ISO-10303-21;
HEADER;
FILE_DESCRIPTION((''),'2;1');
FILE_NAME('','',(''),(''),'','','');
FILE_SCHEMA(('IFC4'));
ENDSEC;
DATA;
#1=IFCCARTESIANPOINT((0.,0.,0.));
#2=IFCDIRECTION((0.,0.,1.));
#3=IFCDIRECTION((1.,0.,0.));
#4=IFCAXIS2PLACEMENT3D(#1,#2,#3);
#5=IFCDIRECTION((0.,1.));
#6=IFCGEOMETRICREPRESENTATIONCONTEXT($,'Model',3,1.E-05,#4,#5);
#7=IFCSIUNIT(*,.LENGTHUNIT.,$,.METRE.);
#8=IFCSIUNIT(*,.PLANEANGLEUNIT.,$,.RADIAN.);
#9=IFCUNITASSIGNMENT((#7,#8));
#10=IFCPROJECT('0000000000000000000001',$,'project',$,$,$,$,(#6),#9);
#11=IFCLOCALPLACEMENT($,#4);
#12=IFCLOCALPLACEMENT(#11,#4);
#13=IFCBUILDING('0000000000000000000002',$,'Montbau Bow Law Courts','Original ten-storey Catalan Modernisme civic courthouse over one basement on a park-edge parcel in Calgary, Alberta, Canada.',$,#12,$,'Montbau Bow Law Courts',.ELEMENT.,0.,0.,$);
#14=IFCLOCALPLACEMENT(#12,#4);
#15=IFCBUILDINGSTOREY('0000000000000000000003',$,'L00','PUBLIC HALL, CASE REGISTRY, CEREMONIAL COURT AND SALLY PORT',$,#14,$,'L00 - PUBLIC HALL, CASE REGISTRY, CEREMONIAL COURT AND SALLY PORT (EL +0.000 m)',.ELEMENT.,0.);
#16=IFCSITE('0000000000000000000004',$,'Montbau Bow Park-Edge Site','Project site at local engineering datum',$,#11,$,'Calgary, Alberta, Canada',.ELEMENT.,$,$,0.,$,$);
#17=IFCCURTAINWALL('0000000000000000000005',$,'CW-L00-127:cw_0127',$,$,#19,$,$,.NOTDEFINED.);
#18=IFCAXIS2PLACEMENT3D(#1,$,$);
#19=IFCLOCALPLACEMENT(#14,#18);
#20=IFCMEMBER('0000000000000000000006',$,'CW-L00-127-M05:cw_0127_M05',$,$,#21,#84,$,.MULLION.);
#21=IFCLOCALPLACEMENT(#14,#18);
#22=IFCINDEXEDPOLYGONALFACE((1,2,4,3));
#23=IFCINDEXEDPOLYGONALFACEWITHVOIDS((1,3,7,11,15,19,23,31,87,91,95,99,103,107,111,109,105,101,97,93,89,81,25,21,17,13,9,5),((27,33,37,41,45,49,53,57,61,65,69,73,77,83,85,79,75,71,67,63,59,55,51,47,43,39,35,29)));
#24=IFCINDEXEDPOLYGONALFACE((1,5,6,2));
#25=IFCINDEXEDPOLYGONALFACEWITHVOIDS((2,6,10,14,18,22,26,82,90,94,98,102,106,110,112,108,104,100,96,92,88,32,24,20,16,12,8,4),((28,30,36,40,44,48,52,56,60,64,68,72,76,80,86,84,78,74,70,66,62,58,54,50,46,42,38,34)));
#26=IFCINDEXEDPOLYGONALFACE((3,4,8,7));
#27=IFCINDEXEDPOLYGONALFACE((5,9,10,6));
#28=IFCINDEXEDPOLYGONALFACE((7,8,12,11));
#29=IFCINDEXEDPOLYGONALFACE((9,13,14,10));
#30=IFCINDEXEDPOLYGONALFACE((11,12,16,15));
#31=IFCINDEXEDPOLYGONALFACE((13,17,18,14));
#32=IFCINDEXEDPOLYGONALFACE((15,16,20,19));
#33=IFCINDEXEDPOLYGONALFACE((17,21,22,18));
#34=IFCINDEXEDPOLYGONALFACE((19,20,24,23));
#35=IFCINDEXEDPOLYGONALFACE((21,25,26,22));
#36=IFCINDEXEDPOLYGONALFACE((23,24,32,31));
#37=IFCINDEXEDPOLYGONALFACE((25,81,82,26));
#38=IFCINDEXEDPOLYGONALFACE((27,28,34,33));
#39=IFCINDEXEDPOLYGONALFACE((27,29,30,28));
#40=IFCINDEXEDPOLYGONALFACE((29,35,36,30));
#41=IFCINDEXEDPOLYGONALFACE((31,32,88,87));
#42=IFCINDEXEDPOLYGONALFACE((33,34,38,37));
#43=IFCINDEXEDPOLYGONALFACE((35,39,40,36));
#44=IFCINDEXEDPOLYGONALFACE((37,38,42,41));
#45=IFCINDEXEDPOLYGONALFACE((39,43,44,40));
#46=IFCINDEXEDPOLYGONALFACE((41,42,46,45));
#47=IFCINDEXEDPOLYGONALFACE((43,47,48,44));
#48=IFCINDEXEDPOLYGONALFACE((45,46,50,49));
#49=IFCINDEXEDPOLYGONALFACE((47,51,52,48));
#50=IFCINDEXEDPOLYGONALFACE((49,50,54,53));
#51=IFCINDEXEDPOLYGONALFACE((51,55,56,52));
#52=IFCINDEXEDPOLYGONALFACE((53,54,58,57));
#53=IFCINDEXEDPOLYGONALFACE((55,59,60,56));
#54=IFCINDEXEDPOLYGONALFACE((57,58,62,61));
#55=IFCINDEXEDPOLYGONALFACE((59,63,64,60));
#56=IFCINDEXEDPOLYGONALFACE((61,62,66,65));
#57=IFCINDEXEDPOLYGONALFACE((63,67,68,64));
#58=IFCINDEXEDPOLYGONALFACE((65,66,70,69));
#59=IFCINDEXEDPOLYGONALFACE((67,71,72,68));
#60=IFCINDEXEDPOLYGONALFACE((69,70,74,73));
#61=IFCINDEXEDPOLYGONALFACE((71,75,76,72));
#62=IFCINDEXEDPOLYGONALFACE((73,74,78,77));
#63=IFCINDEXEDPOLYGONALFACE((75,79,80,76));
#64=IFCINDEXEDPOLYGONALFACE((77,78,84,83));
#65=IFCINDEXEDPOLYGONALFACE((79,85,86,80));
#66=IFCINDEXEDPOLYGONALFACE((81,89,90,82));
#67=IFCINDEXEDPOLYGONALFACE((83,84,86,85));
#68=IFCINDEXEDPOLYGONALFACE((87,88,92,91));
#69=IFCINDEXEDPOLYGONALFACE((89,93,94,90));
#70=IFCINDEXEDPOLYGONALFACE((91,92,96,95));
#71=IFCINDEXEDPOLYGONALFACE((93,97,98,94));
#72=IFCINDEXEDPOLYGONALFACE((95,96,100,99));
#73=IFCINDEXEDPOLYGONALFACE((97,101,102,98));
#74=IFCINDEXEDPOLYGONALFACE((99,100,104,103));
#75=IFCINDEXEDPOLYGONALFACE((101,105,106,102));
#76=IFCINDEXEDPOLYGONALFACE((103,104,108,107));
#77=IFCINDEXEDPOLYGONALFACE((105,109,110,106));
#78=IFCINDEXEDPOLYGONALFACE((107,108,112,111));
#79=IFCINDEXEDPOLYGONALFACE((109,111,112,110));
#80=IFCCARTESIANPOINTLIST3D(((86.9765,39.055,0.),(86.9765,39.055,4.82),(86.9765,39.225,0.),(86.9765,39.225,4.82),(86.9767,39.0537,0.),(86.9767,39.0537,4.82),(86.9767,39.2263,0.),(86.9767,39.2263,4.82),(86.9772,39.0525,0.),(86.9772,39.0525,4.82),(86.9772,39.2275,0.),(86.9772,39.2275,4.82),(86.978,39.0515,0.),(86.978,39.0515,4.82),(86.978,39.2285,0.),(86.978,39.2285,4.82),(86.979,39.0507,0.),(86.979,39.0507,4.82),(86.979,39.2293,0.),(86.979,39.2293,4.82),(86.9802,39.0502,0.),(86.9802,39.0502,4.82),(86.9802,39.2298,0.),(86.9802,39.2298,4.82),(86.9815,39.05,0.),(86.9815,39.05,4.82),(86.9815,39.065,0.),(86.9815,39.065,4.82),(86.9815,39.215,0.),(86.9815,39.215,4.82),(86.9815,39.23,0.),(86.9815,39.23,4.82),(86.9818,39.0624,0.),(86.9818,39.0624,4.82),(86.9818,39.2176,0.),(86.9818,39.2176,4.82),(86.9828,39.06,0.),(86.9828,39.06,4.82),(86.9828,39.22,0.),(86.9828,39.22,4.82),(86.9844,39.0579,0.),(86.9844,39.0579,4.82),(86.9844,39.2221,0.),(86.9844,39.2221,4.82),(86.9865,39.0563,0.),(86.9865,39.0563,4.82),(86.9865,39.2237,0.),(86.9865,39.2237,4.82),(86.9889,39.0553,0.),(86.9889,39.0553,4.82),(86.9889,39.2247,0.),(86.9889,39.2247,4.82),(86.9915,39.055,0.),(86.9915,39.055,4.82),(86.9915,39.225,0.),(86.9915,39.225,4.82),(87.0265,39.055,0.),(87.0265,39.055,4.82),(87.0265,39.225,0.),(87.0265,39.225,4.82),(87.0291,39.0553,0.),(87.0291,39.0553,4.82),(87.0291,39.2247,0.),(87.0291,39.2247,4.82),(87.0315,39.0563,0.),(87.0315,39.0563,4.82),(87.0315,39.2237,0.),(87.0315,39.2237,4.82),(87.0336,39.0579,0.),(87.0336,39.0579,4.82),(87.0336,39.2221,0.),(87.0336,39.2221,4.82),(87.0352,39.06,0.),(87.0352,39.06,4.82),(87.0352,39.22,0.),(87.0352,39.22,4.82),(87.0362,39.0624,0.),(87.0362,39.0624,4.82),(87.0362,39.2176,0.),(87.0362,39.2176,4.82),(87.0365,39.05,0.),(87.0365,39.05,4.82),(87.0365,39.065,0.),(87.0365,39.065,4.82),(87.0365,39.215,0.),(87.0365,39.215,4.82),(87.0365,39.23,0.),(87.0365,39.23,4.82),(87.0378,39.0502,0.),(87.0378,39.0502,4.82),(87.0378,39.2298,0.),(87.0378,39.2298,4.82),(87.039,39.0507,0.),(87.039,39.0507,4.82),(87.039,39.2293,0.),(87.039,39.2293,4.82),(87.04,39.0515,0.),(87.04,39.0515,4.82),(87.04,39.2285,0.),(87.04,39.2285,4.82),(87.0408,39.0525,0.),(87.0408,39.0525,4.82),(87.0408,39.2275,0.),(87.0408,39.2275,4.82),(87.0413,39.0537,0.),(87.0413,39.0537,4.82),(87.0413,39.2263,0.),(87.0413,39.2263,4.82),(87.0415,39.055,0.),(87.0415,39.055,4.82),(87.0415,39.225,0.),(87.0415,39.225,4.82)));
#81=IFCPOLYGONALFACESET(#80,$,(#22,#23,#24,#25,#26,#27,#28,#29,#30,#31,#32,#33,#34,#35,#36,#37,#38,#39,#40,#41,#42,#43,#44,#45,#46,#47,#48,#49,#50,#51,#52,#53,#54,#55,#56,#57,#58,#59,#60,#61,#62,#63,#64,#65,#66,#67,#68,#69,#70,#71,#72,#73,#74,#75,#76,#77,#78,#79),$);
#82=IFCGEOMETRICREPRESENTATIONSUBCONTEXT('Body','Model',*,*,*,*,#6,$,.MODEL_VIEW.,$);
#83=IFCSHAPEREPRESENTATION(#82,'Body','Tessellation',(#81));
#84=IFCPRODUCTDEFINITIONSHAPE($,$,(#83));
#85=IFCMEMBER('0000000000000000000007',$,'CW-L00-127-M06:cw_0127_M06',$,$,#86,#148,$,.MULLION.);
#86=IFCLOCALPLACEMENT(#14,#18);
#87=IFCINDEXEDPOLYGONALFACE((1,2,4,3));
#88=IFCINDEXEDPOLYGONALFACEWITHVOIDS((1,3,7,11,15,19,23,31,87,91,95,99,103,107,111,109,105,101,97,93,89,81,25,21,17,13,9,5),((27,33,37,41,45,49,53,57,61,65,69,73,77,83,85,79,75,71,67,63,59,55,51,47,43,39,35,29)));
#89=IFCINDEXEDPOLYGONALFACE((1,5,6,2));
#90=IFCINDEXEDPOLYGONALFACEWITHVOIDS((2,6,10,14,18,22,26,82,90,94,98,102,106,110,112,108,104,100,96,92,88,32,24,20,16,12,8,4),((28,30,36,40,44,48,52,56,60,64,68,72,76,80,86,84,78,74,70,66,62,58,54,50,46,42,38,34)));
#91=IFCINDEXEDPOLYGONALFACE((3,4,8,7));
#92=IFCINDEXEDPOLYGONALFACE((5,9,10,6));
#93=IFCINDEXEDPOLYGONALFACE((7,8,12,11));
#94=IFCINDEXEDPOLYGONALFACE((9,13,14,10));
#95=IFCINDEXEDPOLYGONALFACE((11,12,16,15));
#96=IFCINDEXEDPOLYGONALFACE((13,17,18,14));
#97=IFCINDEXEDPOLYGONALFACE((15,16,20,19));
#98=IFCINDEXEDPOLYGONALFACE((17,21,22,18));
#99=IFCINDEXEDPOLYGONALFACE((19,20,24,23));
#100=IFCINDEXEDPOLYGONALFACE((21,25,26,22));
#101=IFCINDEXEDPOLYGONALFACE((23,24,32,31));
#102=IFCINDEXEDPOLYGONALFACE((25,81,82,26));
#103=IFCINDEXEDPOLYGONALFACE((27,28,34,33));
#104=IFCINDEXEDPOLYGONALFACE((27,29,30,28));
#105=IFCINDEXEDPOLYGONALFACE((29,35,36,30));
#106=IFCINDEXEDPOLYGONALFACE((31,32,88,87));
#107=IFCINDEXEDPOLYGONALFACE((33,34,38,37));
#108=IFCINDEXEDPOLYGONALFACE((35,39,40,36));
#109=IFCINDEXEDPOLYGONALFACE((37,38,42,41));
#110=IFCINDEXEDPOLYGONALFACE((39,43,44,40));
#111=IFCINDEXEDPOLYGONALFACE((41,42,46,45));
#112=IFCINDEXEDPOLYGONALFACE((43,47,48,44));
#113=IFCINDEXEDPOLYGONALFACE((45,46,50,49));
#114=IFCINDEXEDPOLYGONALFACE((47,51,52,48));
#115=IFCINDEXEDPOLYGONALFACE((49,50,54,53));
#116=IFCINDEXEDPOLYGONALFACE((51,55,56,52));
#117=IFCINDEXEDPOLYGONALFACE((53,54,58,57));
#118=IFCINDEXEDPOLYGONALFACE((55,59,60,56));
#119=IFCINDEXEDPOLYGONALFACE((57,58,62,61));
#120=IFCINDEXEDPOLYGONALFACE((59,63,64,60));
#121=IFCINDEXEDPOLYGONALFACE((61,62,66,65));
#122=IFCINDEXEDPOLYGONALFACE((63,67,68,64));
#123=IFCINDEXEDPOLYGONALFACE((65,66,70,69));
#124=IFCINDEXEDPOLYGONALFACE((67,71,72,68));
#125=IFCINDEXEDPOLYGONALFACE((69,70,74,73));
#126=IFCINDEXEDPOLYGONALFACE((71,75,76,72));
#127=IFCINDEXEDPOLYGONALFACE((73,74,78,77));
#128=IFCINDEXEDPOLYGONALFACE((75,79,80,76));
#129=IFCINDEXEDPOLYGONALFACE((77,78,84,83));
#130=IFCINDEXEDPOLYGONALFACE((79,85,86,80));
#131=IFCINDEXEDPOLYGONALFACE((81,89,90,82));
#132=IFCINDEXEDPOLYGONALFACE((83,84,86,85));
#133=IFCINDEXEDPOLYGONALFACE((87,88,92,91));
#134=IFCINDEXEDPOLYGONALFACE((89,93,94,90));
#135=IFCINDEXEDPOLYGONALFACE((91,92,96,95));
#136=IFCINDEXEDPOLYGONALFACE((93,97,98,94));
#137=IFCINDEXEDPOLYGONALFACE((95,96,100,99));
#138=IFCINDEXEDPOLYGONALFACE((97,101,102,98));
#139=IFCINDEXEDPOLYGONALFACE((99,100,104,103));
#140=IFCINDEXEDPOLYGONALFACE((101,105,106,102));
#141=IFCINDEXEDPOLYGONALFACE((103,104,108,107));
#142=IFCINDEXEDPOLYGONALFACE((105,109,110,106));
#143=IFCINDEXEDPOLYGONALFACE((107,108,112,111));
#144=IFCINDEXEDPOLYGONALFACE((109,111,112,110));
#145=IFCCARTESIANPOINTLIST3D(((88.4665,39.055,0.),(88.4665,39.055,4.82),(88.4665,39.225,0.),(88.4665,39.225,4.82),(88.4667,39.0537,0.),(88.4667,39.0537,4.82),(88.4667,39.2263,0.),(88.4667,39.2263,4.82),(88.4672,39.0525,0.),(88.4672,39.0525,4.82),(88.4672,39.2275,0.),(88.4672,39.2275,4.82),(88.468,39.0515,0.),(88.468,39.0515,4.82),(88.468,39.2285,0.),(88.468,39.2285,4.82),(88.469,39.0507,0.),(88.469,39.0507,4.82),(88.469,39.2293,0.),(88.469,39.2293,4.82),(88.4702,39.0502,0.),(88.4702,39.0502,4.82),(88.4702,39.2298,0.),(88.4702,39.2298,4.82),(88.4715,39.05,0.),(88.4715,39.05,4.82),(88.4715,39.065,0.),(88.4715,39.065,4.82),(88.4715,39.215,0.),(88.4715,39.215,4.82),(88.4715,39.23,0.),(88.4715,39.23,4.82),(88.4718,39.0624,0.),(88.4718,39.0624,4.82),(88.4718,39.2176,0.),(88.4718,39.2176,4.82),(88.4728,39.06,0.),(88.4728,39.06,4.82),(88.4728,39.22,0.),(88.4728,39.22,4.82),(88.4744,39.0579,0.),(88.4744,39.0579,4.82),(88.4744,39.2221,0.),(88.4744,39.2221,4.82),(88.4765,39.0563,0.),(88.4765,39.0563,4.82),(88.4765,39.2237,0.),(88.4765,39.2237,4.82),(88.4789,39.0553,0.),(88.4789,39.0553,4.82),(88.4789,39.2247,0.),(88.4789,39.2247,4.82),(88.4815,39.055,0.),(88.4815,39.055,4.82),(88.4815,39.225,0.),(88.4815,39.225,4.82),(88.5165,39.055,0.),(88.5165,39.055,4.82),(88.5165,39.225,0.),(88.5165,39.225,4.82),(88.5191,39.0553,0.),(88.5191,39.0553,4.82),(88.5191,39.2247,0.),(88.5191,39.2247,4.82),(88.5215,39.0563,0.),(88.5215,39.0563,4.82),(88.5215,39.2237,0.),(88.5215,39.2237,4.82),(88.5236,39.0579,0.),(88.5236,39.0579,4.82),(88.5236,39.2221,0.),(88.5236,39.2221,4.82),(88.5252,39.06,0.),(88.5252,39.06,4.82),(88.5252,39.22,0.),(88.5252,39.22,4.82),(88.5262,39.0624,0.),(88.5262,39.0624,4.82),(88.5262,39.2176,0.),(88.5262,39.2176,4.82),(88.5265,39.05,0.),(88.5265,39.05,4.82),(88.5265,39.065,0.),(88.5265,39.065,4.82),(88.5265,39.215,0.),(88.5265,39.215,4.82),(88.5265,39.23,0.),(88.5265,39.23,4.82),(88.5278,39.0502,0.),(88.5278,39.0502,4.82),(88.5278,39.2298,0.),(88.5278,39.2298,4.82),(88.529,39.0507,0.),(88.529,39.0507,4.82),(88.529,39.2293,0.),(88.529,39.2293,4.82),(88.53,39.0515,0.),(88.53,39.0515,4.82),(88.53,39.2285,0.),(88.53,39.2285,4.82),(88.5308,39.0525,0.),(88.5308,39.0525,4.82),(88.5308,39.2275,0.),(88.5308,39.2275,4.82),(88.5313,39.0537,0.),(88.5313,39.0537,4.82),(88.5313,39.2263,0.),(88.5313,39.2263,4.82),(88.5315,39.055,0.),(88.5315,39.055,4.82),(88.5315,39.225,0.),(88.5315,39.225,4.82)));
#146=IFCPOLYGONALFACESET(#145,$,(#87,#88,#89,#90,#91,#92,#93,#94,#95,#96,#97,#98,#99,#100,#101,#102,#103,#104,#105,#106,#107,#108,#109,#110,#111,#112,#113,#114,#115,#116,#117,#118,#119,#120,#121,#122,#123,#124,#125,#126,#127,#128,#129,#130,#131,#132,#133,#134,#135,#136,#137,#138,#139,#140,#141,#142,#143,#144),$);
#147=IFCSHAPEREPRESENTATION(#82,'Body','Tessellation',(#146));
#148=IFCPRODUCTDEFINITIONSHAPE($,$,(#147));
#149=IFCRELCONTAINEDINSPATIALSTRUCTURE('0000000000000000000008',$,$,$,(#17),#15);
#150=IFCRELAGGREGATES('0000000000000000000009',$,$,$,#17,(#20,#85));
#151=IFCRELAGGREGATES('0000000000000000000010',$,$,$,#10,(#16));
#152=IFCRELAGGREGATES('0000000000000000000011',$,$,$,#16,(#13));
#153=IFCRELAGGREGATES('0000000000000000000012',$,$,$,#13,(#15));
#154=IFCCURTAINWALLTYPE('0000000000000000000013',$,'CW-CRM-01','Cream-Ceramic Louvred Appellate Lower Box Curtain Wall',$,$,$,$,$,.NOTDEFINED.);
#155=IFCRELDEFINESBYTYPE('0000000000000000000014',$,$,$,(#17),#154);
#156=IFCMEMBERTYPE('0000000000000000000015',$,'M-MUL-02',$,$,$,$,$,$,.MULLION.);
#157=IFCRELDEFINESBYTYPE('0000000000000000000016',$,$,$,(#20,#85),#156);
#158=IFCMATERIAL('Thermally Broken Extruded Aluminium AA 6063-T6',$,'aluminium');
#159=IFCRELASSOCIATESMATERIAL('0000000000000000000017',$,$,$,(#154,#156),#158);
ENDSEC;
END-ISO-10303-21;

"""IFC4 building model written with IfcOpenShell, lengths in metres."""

from ifc_helpers import new_model, si_unit, direction, frame, origin_with_axes, origin_2d_with_axis, place, context, subcontext, project, spatial, hollow_rectangle, extrude, material, material_profile, profile_set, type_object, element, aggregate, save


model = new_model("IFC4")

# Units and contexts
model_context = context("Model", 3, precision=1e-05, world=origin_with_axes(), true_north=direction((0.0, 1.0)))
body_context = subcontext(model_context, "Body", "Model", "MODEL_VIEW")
ifc_project = project(units=[si_unit("LENGTHUNIT", "METRE"), si_unit("PLANEANGLEUNIT", "RADIAN")], contexts=[model_context])

# Site, building, storey
site_placement = place(None, origin_with_axes())
site = spatial("IfcSite", under=ifc_project, at=site_placement, Name="Montbau Bow Park-Edge Site", Description="Project site at local engineering datum", LongName="Calgary, Alberta, Canada", CompositionType="ELEMENT", RefElevation=0.0)
building_placement = place(site_placement, origin_with_axes())
building = spatial("IfcBuilding", under=site, at=building_placement, Name="Montbau Bow Law Courts", Description="Original ten-storey Catalan Modernisme civic courthouse over one basement on a park-edge parcel in Calgary, Alberta, Canada.", LongName="Montbau Bow Law Courts", CompositionType="ELEMENT", ElevationOfRefHeight=0.0, ElevationOfTerrain=0.0)
storey_placement = place(building_placement, origin_with_axes())
storey = spatial("IfcBuildingStorey", under=building, at=storey_placement, Name="L00", Description="PUBLIC HALL, CASE REGISTRY, CEREMONIAL COURT AND SALLY PORT", LongName="L00 - PUBLIC HALL, CASE REGISTRY, CEREMONIAL COURT AND SALLY PORT (EL +0.000 m)", CompositionType="ELEMENT", Elevation=0.0)

# Curtain wall, members
ifc_material_1 = material(Name="Thermally Broken Extruded Aluminium AA 6063-T6", Category="aluminium")
curtain_wall_type = type_object("IfcCurtainWallType", Name="CW-CRM-01", Description="Cream-Ceramic Louvred Appellate Lower Box Curtain Wall", PredefinedType="NOTDEFINED", material=ifc_material_1)
curtain_wall_1_placement = place(None, frame((80.915, 39.14, 0.0), z_axis=(0.0, 0.0, 1.0), x_axis=(1.0, 0.0, 0.0)))
curtain_wall_1 = element("IfcCurtainWall", 1, at=curtain_wall_1_placement, inside=storey, type_object=curtain_wall_type, Name="CW-L00-127:cw_0127", PredefinedType="NOTDEFINED")
ifc_material_profile_1 = material_profile(ifc_material_1, hollow_rectangle(XDim=0.065, YDim=0.18, WallThickness=0.005, InnerFilletRadius=0.01, OuterFilletRadius=0.005, at=origin_2d_with_axis()), Name="CWM-180X65", Category="Main", Priority=0)
ifc_profile_set_1 = profile_set([ifc_material_profile_1], Name="Thermally Broken Extruded Aluminium AA 6063-T6")
member_type_1 = type_object("IfcMemberType", Name="M-MUL-02", PredefinedType="MULLION", material=ifc_profile_set_1)
member_1_placement = place(None, frame((87.009, 39.14, 0.0), z_axis=(0.0, 0.0, 1.0), x_axis=(1.0, 0.0, 0.0)))
member_1 = element("IfcMember", 2, at=member_1_placement, type_object=member_type_1, Name="CW-L00-127-M05:cw_0127_M05", PredefinedType="MULLION", context=body_context, shape_type="SweptSolid", body=[
    extrude(hollow_rectangle(XDim=0.065, YDim=0.18, WallThickness=0.005, InnerFilletRadius=0.01, OuterFilletRadius=0.005, at=origin_2d_with_axis()), origin_with_axes(), (0.0, 0.0, 1.0), 4.82),
])
member_2_placement = place(None, frame((88.499, 39.14, 0.0), z_axis=(0.0, 0.0, 1.0), x_axis=(1.0, 0.0, 0.0)))
member_2 = element("IfcMember", 3, at=member_2_placement, type_object=member_type_1, Name="CW-L00-127-M06:cw_0127_M06", PredefinedType="MULLION", context=body_context, shape_type="SweptSolid", body=[
    extrude(hollow_rectangle(XDim=0.065, YDim=0.18, WallThickness=0.005, InnerFilletRadius=0.01, OuterFilletRadius=0.005, at=origin_2d_with_axis()), origin_with_axes(), (0.0, 0.0, 1.0), 4.82),
])

aggregate(curtain_wall_1, [member_1, member_2])

save(model, "model.ifc")
